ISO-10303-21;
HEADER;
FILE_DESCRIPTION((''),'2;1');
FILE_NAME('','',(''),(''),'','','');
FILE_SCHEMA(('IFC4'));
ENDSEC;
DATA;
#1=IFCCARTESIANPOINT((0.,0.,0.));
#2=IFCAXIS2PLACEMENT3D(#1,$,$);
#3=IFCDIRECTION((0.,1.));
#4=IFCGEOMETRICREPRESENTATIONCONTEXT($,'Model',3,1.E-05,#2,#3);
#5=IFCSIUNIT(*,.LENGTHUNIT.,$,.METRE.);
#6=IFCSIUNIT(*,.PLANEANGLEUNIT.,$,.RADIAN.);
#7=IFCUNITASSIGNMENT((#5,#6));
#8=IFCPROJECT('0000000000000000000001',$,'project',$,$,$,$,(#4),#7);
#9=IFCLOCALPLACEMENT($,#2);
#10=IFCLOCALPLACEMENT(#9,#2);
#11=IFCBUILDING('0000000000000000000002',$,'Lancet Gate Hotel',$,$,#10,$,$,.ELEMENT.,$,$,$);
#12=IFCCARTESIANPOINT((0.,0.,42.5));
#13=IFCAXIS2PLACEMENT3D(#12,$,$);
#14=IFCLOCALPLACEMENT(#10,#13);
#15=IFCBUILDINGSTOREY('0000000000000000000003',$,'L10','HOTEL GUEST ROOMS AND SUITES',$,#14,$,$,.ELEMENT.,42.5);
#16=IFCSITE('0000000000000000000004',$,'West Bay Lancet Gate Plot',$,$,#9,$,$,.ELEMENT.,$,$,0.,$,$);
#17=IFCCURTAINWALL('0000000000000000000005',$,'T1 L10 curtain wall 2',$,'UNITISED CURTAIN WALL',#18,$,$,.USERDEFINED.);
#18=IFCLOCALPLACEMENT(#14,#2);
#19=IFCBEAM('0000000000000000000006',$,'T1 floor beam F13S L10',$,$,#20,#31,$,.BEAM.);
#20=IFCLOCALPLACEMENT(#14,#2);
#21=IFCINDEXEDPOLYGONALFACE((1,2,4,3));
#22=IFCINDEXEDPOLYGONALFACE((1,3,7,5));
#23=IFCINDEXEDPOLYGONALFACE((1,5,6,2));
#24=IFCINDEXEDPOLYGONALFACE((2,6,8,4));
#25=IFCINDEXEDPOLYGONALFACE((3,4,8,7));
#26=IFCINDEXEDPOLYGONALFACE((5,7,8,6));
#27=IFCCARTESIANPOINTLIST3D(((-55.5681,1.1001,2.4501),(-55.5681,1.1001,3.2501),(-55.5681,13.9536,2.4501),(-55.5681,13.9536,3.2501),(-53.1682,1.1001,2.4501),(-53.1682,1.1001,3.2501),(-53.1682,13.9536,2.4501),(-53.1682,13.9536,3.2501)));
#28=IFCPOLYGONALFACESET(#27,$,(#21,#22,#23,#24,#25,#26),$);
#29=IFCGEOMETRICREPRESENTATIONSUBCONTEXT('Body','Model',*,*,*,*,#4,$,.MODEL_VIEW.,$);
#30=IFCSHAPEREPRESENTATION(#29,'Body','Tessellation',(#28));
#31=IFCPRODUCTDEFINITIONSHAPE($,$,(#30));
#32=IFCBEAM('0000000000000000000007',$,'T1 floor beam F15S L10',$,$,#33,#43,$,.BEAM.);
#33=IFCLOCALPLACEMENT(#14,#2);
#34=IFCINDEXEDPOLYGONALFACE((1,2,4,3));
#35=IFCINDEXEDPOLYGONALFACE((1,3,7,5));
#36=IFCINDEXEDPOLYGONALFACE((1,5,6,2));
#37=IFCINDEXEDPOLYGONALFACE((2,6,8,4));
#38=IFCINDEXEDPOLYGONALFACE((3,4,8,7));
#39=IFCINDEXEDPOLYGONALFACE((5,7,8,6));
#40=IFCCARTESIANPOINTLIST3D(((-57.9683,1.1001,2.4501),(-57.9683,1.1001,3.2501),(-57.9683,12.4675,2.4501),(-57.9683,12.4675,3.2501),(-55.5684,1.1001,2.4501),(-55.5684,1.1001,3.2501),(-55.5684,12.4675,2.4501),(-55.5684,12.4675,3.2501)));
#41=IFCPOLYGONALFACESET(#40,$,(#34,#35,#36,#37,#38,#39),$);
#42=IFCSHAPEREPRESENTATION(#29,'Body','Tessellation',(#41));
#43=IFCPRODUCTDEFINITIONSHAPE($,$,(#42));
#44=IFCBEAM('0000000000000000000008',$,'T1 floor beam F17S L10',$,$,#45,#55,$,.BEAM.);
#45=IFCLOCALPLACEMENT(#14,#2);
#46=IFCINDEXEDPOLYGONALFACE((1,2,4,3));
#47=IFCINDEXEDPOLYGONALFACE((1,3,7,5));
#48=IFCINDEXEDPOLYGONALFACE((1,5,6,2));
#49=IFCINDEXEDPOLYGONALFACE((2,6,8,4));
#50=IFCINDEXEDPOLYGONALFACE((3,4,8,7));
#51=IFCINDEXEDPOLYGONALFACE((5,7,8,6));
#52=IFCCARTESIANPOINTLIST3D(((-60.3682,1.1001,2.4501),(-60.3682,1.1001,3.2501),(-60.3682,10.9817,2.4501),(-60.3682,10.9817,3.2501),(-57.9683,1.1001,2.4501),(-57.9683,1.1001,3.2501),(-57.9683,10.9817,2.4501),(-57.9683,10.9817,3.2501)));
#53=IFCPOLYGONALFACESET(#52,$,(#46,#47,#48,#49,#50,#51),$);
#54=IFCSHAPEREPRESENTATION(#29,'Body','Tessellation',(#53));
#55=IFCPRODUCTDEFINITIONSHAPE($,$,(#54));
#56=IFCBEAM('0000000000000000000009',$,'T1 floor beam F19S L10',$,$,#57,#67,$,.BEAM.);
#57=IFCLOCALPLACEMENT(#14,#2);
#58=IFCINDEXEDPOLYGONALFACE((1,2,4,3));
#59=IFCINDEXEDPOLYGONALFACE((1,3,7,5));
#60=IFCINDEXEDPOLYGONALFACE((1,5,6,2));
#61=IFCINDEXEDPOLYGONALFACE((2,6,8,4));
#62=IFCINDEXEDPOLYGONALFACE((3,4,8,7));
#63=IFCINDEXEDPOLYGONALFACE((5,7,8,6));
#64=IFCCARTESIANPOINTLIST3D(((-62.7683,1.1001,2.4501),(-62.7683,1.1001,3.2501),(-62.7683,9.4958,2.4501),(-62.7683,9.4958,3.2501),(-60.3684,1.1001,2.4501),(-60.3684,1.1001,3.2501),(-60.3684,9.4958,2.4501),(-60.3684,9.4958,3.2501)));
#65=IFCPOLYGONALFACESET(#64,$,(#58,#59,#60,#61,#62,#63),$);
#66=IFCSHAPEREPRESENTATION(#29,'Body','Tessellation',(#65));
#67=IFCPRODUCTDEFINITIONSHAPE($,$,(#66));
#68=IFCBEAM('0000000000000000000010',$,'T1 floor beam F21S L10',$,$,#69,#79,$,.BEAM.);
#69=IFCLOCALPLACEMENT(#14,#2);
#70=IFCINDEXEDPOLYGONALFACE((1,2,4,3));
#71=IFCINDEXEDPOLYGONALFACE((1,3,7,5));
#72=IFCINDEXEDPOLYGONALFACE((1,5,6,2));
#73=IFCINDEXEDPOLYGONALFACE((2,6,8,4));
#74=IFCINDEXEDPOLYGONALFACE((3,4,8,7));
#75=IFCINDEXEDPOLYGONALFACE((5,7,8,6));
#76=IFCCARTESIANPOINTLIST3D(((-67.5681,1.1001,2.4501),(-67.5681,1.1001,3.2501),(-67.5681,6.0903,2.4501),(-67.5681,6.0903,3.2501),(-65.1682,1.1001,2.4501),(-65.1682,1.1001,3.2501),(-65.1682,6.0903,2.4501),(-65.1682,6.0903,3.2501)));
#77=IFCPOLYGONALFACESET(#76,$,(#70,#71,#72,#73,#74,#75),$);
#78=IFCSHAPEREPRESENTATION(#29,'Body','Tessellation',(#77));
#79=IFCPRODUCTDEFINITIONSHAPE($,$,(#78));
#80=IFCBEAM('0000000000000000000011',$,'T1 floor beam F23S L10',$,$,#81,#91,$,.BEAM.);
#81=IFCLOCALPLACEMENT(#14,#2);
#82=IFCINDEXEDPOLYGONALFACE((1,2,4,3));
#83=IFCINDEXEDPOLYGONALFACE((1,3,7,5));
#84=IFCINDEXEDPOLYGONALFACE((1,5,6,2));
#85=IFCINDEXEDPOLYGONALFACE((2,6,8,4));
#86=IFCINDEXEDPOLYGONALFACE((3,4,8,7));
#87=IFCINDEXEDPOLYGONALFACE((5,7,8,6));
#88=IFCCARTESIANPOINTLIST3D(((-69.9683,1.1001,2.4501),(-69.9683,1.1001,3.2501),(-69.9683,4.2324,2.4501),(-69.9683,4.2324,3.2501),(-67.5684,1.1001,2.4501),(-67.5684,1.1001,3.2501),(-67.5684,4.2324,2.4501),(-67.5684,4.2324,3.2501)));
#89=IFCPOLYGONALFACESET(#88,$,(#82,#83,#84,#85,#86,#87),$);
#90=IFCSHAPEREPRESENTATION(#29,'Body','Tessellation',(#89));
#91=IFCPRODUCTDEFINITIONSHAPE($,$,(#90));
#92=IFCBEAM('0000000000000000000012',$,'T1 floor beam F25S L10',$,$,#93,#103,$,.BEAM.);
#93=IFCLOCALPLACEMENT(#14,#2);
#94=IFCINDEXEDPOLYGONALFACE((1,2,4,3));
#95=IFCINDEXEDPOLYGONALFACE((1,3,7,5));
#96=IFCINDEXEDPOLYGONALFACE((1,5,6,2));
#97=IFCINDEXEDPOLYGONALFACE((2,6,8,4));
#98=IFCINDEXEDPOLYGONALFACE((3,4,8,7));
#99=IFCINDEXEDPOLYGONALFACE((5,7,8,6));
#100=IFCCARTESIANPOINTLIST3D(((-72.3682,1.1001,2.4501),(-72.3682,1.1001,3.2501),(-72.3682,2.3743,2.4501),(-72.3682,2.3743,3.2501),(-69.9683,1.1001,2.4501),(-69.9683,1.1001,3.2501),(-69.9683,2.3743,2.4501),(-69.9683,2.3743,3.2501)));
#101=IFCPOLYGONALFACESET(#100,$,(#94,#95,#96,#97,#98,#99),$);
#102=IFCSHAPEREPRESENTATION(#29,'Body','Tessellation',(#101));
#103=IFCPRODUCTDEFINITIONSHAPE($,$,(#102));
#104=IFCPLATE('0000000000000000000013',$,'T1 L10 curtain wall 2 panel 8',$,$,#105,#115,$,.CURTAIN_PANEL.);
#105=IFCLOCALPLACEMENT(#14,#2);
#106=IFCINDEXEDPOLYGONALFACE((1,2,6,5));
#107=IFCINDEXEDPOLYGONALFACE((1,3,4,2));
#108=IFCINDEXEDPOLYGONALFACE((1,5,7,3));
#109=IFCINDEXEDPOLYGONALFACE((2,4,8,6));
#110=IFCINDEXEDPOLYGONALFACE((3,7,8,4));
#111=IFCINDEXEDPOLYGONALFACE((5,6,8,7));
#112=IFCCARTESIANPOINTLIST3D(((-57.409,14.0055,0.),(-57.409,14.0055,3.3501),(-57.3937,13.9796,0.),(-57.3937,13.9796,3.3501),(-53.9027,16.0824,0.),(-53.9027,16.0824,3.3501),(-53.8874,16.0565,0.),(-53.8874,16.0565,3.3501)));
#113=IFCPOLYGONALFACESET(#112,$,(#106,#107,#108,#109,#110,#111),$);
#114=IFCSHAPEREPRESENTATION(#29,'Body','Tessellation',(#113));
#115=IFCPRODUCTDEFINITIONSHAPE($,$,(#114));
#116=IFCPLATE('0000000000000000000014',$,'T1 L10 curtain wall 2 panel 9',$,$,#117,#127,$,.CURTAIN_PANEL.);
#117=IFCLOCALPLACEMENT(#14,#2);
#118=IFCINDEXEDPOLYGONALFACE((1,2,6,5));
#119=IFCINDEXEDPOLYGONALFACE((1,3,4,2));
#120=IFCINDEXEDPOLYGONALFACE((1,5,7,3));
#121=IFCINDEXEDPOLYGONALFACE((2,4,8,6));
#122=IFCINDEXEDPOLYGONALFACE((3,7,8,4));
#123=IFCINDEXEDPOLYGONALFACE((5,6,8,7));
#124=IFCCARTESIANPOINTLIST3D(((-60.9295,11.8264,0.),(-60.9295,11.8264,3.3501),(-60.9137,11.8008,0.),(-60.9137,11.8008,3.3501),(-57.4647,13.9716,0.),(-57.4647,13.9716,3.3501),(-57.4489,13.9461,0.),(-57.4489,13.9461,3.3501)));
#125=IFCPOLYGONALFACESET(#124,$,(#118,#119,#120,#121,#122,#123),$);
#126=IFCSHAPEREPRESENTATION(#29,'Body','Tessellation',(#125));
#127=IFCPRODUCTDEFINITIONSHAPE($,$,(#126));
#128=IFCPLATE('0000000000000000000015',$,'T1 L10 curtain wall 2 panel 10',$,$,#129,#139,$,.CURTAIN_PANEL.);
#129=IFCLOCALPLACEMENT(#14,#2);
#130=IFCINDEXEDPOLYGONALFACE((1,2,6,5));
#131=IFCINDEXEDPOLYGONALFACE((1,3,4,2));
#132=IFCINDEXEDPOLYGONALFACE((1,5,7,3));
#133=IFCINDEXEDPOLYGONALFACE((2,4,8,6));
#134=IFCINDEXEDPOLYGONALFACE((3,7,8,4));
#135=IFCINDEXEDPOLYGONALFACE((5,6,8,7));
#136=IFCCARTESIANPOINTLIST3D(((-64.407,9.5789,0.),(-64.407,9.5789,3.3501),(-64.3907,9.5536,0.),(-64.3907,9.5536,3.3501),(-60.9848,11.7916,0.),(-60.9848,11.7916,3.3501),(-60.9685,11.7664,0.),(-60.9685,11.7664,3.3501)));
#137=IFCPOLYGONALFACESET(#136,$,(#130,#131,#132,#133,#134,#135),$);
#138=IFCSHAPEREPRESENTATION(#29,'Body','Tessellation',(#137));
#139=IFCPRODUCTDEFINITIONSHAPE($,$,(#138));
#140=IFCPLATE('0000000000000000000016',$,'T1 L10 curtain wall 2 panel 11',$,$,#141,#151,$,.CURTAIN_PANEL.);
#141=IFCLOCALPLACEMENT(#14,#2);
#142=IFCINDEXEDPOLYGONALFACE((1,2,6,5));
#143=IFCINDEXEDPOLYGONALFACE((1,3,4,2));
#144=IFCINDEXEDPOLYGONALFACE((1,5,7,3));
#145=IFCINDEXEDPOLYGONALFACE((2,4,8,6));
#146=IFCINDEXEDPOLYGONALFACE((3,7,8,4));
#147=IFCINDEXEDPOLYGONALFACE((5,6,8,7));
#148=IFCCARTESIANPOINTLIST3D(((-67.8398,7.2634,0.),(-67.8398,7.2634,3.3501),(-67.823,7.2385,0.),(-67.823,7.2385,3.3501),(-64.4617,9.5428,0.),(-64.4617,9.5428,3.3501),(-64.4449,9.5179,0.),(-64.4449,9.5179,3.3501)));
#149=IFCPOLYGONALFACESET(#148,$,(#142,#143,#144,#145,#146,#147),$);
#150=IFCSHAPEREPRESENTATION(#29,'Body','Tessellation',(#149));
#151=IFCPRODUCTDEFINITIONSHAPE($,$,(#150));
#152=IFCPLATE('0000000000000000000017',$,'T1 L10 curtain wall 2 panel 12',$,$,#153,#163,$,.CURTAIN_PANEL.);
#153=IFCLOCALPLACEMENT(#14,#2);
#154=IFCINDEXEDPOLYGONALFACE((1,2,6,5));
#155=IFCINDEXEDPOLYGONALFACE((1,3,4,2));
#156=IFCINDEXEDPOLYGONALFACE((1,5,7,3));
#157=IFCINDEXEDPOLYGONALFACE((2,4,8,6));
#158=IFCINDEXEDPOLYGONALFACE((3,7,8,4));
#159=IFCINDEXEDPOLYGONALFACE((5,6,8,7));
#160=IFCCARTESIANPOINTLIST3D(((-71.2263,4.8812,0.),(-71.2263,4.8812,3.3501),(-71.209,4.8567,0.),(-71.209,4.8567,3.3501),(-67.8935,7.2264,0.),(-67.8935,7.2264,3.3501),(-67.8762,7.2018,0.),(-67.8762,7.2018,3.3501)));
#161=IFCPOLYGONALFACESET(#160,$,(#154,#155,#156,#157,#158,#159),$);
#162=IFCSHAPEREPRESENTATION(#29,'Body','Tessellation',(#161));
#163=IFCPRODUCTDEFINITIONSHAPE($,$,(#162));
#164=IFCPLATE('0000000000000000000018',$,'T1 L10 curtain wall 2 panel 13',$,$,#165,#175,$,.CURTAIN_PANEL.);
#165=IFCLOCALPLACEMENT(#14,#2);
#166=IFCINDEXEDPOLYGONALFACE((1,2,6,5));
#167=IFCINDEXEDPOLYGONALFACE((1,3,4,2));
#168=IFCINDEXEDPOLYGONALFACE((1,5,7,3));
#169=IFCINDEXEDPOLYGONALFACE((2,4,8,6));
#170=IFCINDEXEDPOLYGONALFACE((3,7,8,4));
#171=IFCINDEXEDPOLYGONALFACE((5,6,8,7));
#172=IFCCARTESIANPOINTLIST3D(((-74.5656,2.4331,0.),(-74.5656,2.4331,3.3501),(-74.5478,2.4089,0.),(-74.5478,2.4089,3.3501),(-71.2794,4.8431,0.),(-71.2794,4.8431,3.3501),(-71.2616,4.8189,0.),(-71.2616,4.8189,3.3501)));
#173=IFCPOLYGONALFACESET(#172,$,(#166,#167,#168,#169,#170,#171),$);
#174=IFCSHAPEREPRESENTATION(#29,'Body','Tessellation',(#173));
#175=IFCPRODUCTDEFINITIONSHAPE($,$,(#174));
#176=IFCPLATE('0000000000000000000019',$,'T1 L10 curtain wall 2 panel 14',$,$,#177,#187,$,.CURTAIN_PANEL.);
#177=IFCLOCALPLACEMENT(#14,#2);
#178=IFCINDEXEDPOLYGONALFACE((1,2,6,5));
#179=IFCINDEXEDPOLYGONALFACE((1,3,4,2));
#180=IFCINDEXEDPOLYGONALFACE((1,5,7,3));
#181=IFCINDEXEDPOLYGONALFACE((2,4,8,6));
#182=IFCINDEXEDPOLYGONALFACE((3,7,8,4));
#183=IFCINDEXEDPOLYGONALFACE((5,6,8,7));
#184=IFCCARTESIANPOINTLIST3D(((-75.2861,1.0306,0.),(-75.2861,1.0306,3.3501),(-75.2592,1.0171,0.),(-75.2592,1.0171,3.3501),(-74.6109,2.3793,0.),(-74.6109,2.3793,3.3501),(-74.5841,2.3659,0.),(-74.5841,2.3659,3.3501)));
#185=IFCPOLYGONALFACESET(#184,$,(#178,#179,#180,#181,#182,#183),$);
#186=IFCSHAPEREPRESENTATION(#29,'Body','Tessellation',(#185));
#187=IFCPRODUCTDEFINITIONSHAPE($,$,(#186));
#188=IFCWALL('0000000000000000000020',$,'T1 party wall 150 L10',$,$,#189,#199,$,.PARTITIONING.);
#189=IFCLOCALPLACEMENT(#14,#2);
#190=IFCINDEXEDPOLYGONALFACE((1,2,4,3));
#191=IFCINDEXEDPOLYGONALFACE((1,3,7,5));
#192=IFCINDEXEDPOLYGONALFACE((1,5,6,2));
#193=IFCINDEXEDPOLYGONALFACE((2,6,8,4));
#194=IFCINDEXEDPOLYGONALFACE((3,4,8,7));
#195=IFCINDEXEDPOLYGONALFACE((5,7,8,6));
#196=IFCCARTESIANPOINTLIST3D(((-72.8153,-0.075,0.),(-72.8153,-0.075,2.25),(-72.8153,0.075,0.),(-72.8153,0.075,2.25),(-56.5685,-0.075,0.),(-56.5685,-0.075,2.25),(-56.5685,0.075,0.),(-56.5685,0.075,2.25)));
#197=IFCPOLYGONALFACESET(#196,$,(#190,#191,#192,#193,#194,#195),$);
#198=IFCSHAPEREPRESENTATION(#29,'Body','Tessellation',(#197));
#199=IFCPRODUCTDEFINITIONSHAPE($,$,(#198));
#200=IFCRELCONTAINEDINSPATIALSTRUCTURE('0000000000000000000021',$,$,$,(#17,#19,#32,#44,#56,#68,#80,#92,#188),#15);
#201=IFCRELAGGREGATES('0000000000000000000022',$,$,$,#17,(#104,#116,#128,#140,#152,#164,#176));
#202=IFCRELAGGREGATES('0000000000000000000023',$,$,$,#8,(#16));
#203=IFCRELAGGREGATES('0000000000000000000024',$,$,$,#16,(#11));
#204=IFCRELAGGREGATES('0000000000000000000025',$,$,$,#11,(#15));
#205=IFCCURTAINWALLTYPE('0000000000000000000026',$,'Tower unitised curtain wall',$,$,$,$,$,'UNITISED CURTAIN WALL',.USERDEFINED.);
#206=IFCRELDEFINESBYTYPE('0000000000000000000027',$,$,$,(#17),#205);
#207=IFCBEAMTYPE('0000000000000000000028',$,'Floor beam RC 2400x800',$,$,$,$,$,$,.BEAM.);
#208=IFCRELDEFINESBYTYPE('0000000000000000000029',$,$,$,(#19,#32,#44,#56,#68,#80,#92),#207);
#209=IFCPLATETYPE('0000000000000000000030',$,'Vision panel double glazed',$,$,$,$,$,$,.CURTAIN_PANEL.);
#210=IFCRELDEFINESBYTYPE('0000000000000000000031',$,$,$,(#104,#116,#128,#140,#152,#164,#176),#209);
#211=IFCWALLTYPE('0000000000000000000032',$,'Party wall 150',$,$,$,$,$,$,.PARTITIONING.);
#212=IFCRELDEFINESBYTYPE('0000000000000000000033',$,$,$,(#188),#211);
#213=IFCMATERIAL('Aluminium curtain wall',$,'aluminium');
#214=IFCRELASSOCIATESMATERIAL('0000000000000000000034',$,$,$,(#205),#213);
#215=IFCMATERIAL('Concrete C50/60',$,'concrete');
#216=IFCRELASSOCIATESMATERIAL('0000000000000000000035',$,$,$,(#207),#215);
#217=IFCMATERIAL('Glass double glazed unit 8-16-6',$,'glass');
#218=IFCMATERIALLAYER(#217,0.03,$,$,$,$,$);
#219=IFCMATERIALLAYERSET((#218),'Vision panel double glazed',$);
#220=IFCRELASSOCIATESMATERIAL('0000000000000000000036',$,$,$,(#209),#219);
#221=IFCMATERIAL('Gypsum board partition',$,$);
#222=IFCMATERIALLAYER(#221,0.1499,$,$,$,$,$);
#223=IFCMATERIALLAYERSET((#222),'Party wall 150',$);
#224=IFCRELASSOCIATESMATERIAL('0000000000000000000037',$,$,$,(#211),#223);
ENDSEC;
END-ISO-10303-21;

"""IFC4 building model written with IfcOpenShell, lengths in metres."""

from ifc_helpers import new_model, si_unit, direction, frame, frame_2d, origin, origin_2d, place, context, subcontext, project, spatial, rectangle, extrude, material, layer, layer_set, material_profile, profile_set, type_object, element, aggregate, save


model = new_model("IFC4")

# Units and contexts
model_context = context("Model", 3, precision=1e-05, world=origin(), true_north=direction((0.0, 1.0)))
body_context = subcontext(model_context, "Body", "Model", "MODEL_VIEW")
ifc_project = project(units=[si_unit("LENGTHUNIT", "METRE"), si_unit("PLANEANGLEUNIT", "RADIAN")], contexts=[model_context])

# Site, building, storey
site_placement = place(None, origin())
site = spatial("IfcSite", under=ifc_project, at=site_placement, Name="West Bay Lancet Gate Plot", CompositionType="ELEMENT", RefElevation=0.0)
building_placement = place(site_placement, origin())
building = spatial("IfcBuilding", under=site, at=building_placement, Name="Lancet Gate Hotel", CompositionType="ELEMENT")
storey_placement = place(building_placement, frame((0.0, 0.0, 42.5)))
storey = spatial("IfcBuildingStorey", under=building, at=storey_placement, Name="L10", Description="HOTEL GUEST ROOMS AND SUITES", CompositionType="ELEMENT", Elevation=42.5)

# Curtain wall
ifc_material_1 = material(Name="Aluminium curtain wall", Category="aluminium")
curtain_wall_type = type_object("IfcCurtainWallType", Name="Tower unitised curtain wall", ElementType="UNITISED CURTAIN WALL", PredefinedType="USERDEFINED", material=ifc_material_1)
curtain_wall_placement = place(storey_placement, origin())
curtain_wall = element("IfcCurtainWall", 1, at=curtain_wall_placement, inside=storey, type_object=curtain_wall_type, Name="T1 L10 curtain wall 2", ObjectType="UNITISED CURTAIN WALL", PredefinedType="USERDEFINED")

# Beams
ifc_material_2 = material(Name="Concrete C50/60", Category="concrete")
ifc_material_profile_1 = material_profile(ifc_material_2, rectangle(XDim=2.3999, YDim=0.8, at=origin_2d()), Name="RC 2400x800")
ifc_profile_set_1 = profile_set([ifc_material_profile_1], Name="Concrete C50/60")
beam_type_1 = type_object("IfcBeamType", Name="Floor beam RC 2400x800", PredefinedType="BEAM", material=ifc_profile_set_1)
beam_1_placement = place(storey_placement, frame((-54.3682, 13.9536, 2.8501), z_axis=(0.0, -1.0, 0.0), x_axis=(1.0, 0.0, 0.0)))
element("IfcBeam", 2, at=beam_1_placement, inside=storey, type_object=beam_type_1, Name="T1 floor beam F13S L10", PredefinedType="BEAM", context=body_context, shape_type="SweptSolid", body=[
    extrude(rectangle(XDim=2.3999, YDim=0.8, at=origin_2d()), origin(), (0.0, 0.0, 1.0), 12.8535),
])
beam_2_placement = place(storey_placement, frame((-56.7683, 12.4675, 2.8501), z_axis=(0.0, -1.0, 0.0), x_axis=(1.0, 0.0, 0.0)))
element("IfcBeam", 3, at=beam_2_placement, inside=storey, type_object=beam_type_1, Name="T1 floor beam F15S L10", PredefinedType="BEAM", context=body_context, shape_type="SweptSolid", body=[
    extrude(rectangle(XDim=2.3999, YDim=0.8, at=origin_2d()), origin(), (0.0, 0.0, 1.0), 11.3674),
])
beam_3_placement = place(storey_placement, frame((-59.1682, 10.9817, 2.8501), z_axis=(0.0, -1.0, 0.0), x_axis=(1.0, 0.0, 0.0)))
element("IfcBeam", 4, at=beam_3_placement, inside=storey, type_object=beam_type_1, Name="T1 floor beam F17S L10", PredefinedType="BEAM", context=body_context, shape_type="SweptSolid", body=[
    extrude(rectangle(XDim=2.3999, YDim=0.8, at=origin_2d()), origin(), (0.0, 0.0, 1.0), 9.8816),
])
beam_4_placement = place(storey_placement, frame((-61.5684, 9.4958, 2.8501), z_axis=(0.0, -1.0, 0.0), x_axis=(1.0, 0.0, 0.0)))
element("IfcBeam", 5, at=beam_4_placement, inside=storey, type_object=beam_type_1, Name="T1 floor beam F19S L10", PredefinedType="BEAM", context=body_context, shape_type="SweptSolid", body=[
    extrude(rectangle(XDim=2.3999, YDim=0.8, at=origin_2d()), origin(), (0.0, 0.0, 1.0), 8.3958),
])
beam_5_placement = place(storey_placement, frame((-66.3682, 6.0903, 2.8501), z_axis=(0.0, -1.0, 0.0), x_axis=(1.0, 0.0, 0.0)))
element("IfcBeam", 6, at=beam_5_placement, inside=storey, type_object=beam_type_1, Name="T1 floor beam F21S L10", PredefinedType="BEAM", context=body_context, shape_type="SweptSolid", body=[
    extrude(rectangle(XDim=2.3999, YDim=0.8, at=origin_2d()), origin(), (0.0, 0.0, 1.0), 4.9902),
])
beam_6_placement = place(storey_placement, frame((-68.7683, 4.2324, 2.8501), z_axis=(0.0, -1.0, 0.0), x_axis=(1.0, 0.0, 0.0)))
element("IfcBeam", 7, at=beam_6_placement, inside=storey, type_object=beam_type_1, Name="T1 floor beam F23S L10", PredefinedType="BEAM", context=body_context, shape_type="SweptSolid", body=[
    extrude(rectangle(XDim=2.3999, YDim=0.8, at=origin_2d()), origin(), (0.0, 0.0, 1.0), 3.1323),
])
beam_7_placement = place(storey_placement, frame((-71.1682, 2.3743, 2.8501), z_axis=(0.0, -1.0, 0.0), x_axis=(1.0, 0.0, 0.0)))
element("IfcBeam", 8, at=beam_7_placement, inside=storey, type_object=beam_type_1, Name="T1 floor beam F25S L10", PredefinedType="BEAM", context=body_context, shape_type="SweptSolid", body=[
    extrude(rectangle(XDim=2.3999, YDim=0.8, at=origin_2d()), origin(), (0.0, 0.0, 1.0), 1.2742),
])

# Plates
ifc_material_3 = material(Name="Glass double glazed unit 8-16-6", Category="glass")
ifc_layer_1 = layer(ifc_material_3, 0.03)
ifc_layer_set_1 = layer_set([ifc_layer_1], Name="Vision panel double glazed")
plate_type = type_object("IfcPlateType", Name="Vision panel double glazed", PredefinedType="CURTAIN_PANEL", material=ifc_layer_set_1)
plate_1_placement = place(storey_placement, frame((-55.6482, 15.031, 0.0), z_axis=(0.0, 0.0, 1.0), x_axis=(-0.860382, -0.50965, 0.0)))
plate_1 = element("IfcPlate", 9, at=plate_1_placement, type_object=plate_type, Name="T1 L10 curtain wall 2 panel 8", PredefinedType="CURTAIN_PANEL", context=body_context, shape_type="SweptSolid", body=[
    extrude(rectangle(XDim=4.0752, YDim=0.03, at=origin_2d()), origin(), (0.0, 0.0, 1.0), 3.3501),
])
plate_2_placement = place(storey_placement, frame((-59.1892, 12.8862, 0.0), z_axis=(0.0, 0.0, 1.0), x_axis=(-0.850229, -0.526414, 0.0)))
plate_2 = element("IfcPlate", 10, at=plate_2_placement, type_object=plate_type, Name="T1 L10 curtain wall 2 panel 9", PredefinedType="CURTAIN_PANEL", context=body_context, shape_type="SweptSolid", body=[
    extrude(rectangle(XDim=4.0752, YDim=0.03, at=origin_2d()), origin(), (0.0, 0.0, 1.0), 3.3501),
])
plate_3_placement = place(storey_placement, frame((-62.6877, 10.6726, 0.0), z_axis=(0.0, 0.0, 1.0), x_axis=(-0.839749, -0.542975, 0.0)))
plate_3 = element("IfcPlate", 11, at=plate_3_placement, type_object=plate_type, Name="T1 L10 curtain wall 2 panel 10", PredefinedType="CURTAIN_PANEL", context=body_context, shape_type="SweptSolid", body=[
    extrude(rectangle(XDim=4.0752, YDim=0.03, at=origin_2d()), origin(), (0.0, 0.0, 1.0), 3.3501),
])
plate_4_placement = place(storey_placement, frame((-66.1423, 8.3906, 0.0), z_axis=(0.0, 0.0, 1.0), x_axis=(-0.828946, -0.559329, 0.0)))
plate_4 = element("IfcPlate", 12, at=plate_4_placement, type_object=plate_type, Name="T1 L10 curtain wall 2 panel 11", PredefinedType="CURTAIN_PANEL", context=body_context, shape_type="SweptSolid", body=[
    extrude(rectangle(XDim=4.0752, YDim=0.03, at=origin_2d()), origin(), (0.0, 0.0, 1.0), 3.3501),
])
plate_5_placement = place(storey_placement, frame((-69.5513, 6.0415, 0.0), z_axis=(0.0, 0.0, 1.0), x_axis=(-0.817825, -0.575467, 0.0)))
plate_5 = element("IfcPlate", 13, at=plate_5_placement, type_object=plate_type, Name="T1 L10 curtain wall 2 panel 12", PredefinedType="CURTAIN_PANEL", context=body_context, shape_type="SweptSolid", body=[
    extrude(rectangle(XDim=4.0752, YDim=0.03, at=origin_2d()), origin(), (0.0, 0.0, 1.0), 3.3501),
])
plate_6_placement = place(storey_placement, frame((-72.9136, 3.626, 0.0), z_axis=(0.0, 0.0, 1.0), x_axis=(-0.80639, -0.591384, 0.0)))
plate_6 = element("IfcPlate", 14, at=plate_6_placement, type_object=plate_type, Name="T1 L10 curtain wall 2 panel 13", PredefinedType="CURTAIN_PANEL", context=body_context, shape_type="SweptSolid", body=[
    extrude(rectangle(XDim=4.0752, YDim=0.03, at=origin_2d()), origin(), (0.0, 0.0, 1.0), 3.3501),
])
plate_7_placement = place(storey_placement, frame((-74.9351, 1.6982, 0.0), z_axis=(0.0, 0.0, 1.0), x_axis=(-0.447628, -0.89422, 0.0)))
plate_7 = element("IfcPlate", 15, at=plate_7_placement, type_object=plate_type, Name="T1 L10 curtain wall 2 panel 14", PredefinedType="CURTAIN_PANEL", context=body_context, shape_type="SweptSolid", body=[
    extrude(rectangle(XDim=1.5083, YDim=0.03, at=origin_2d()), origin(), (0.0, 0.0, 1.0), 3.3501),
])
aggregate(curtain_wall, [plate_1, plate_2, plate_3, plate_4, plate_5, plate_6, plate_7])

# Wall
ifc_material_4 = material(Name="Gypsum board partition")
ifc_layer_2 = layer(ifc_material_4, 0.1499)
ifc_layer_set_2 = layer_set([ifc_layer_2], Name="Party wall 150")
wall_type = type_object("IfcWallType", Name="Party wall 150", PredefinedType="PARTITIONING", material=ifc_layer_set_2)
wall_placement = place(storey_placement, frame((-56.5684, 0.0, 0.0), z_axis=(0.0, 0.0, 1.0), x_axis=(-1.0, 0.0, 0.0)))
element("IfcWall", 16, at=wall_placement, inside=storey, type_object=wall_type, Name="T1 party wall 150 L10", PredefinedType="PARTITIONING", context=body_context, shape_type="SweptSolid", body=[
    extrude(rectangle(XDim=16.2468, YDim=0.1499, at=frame_2d((8.1235, 0.0))), origin(), (0.0, 0.0, 1.0), 2.25),
])

save(model, "model.ifc")
